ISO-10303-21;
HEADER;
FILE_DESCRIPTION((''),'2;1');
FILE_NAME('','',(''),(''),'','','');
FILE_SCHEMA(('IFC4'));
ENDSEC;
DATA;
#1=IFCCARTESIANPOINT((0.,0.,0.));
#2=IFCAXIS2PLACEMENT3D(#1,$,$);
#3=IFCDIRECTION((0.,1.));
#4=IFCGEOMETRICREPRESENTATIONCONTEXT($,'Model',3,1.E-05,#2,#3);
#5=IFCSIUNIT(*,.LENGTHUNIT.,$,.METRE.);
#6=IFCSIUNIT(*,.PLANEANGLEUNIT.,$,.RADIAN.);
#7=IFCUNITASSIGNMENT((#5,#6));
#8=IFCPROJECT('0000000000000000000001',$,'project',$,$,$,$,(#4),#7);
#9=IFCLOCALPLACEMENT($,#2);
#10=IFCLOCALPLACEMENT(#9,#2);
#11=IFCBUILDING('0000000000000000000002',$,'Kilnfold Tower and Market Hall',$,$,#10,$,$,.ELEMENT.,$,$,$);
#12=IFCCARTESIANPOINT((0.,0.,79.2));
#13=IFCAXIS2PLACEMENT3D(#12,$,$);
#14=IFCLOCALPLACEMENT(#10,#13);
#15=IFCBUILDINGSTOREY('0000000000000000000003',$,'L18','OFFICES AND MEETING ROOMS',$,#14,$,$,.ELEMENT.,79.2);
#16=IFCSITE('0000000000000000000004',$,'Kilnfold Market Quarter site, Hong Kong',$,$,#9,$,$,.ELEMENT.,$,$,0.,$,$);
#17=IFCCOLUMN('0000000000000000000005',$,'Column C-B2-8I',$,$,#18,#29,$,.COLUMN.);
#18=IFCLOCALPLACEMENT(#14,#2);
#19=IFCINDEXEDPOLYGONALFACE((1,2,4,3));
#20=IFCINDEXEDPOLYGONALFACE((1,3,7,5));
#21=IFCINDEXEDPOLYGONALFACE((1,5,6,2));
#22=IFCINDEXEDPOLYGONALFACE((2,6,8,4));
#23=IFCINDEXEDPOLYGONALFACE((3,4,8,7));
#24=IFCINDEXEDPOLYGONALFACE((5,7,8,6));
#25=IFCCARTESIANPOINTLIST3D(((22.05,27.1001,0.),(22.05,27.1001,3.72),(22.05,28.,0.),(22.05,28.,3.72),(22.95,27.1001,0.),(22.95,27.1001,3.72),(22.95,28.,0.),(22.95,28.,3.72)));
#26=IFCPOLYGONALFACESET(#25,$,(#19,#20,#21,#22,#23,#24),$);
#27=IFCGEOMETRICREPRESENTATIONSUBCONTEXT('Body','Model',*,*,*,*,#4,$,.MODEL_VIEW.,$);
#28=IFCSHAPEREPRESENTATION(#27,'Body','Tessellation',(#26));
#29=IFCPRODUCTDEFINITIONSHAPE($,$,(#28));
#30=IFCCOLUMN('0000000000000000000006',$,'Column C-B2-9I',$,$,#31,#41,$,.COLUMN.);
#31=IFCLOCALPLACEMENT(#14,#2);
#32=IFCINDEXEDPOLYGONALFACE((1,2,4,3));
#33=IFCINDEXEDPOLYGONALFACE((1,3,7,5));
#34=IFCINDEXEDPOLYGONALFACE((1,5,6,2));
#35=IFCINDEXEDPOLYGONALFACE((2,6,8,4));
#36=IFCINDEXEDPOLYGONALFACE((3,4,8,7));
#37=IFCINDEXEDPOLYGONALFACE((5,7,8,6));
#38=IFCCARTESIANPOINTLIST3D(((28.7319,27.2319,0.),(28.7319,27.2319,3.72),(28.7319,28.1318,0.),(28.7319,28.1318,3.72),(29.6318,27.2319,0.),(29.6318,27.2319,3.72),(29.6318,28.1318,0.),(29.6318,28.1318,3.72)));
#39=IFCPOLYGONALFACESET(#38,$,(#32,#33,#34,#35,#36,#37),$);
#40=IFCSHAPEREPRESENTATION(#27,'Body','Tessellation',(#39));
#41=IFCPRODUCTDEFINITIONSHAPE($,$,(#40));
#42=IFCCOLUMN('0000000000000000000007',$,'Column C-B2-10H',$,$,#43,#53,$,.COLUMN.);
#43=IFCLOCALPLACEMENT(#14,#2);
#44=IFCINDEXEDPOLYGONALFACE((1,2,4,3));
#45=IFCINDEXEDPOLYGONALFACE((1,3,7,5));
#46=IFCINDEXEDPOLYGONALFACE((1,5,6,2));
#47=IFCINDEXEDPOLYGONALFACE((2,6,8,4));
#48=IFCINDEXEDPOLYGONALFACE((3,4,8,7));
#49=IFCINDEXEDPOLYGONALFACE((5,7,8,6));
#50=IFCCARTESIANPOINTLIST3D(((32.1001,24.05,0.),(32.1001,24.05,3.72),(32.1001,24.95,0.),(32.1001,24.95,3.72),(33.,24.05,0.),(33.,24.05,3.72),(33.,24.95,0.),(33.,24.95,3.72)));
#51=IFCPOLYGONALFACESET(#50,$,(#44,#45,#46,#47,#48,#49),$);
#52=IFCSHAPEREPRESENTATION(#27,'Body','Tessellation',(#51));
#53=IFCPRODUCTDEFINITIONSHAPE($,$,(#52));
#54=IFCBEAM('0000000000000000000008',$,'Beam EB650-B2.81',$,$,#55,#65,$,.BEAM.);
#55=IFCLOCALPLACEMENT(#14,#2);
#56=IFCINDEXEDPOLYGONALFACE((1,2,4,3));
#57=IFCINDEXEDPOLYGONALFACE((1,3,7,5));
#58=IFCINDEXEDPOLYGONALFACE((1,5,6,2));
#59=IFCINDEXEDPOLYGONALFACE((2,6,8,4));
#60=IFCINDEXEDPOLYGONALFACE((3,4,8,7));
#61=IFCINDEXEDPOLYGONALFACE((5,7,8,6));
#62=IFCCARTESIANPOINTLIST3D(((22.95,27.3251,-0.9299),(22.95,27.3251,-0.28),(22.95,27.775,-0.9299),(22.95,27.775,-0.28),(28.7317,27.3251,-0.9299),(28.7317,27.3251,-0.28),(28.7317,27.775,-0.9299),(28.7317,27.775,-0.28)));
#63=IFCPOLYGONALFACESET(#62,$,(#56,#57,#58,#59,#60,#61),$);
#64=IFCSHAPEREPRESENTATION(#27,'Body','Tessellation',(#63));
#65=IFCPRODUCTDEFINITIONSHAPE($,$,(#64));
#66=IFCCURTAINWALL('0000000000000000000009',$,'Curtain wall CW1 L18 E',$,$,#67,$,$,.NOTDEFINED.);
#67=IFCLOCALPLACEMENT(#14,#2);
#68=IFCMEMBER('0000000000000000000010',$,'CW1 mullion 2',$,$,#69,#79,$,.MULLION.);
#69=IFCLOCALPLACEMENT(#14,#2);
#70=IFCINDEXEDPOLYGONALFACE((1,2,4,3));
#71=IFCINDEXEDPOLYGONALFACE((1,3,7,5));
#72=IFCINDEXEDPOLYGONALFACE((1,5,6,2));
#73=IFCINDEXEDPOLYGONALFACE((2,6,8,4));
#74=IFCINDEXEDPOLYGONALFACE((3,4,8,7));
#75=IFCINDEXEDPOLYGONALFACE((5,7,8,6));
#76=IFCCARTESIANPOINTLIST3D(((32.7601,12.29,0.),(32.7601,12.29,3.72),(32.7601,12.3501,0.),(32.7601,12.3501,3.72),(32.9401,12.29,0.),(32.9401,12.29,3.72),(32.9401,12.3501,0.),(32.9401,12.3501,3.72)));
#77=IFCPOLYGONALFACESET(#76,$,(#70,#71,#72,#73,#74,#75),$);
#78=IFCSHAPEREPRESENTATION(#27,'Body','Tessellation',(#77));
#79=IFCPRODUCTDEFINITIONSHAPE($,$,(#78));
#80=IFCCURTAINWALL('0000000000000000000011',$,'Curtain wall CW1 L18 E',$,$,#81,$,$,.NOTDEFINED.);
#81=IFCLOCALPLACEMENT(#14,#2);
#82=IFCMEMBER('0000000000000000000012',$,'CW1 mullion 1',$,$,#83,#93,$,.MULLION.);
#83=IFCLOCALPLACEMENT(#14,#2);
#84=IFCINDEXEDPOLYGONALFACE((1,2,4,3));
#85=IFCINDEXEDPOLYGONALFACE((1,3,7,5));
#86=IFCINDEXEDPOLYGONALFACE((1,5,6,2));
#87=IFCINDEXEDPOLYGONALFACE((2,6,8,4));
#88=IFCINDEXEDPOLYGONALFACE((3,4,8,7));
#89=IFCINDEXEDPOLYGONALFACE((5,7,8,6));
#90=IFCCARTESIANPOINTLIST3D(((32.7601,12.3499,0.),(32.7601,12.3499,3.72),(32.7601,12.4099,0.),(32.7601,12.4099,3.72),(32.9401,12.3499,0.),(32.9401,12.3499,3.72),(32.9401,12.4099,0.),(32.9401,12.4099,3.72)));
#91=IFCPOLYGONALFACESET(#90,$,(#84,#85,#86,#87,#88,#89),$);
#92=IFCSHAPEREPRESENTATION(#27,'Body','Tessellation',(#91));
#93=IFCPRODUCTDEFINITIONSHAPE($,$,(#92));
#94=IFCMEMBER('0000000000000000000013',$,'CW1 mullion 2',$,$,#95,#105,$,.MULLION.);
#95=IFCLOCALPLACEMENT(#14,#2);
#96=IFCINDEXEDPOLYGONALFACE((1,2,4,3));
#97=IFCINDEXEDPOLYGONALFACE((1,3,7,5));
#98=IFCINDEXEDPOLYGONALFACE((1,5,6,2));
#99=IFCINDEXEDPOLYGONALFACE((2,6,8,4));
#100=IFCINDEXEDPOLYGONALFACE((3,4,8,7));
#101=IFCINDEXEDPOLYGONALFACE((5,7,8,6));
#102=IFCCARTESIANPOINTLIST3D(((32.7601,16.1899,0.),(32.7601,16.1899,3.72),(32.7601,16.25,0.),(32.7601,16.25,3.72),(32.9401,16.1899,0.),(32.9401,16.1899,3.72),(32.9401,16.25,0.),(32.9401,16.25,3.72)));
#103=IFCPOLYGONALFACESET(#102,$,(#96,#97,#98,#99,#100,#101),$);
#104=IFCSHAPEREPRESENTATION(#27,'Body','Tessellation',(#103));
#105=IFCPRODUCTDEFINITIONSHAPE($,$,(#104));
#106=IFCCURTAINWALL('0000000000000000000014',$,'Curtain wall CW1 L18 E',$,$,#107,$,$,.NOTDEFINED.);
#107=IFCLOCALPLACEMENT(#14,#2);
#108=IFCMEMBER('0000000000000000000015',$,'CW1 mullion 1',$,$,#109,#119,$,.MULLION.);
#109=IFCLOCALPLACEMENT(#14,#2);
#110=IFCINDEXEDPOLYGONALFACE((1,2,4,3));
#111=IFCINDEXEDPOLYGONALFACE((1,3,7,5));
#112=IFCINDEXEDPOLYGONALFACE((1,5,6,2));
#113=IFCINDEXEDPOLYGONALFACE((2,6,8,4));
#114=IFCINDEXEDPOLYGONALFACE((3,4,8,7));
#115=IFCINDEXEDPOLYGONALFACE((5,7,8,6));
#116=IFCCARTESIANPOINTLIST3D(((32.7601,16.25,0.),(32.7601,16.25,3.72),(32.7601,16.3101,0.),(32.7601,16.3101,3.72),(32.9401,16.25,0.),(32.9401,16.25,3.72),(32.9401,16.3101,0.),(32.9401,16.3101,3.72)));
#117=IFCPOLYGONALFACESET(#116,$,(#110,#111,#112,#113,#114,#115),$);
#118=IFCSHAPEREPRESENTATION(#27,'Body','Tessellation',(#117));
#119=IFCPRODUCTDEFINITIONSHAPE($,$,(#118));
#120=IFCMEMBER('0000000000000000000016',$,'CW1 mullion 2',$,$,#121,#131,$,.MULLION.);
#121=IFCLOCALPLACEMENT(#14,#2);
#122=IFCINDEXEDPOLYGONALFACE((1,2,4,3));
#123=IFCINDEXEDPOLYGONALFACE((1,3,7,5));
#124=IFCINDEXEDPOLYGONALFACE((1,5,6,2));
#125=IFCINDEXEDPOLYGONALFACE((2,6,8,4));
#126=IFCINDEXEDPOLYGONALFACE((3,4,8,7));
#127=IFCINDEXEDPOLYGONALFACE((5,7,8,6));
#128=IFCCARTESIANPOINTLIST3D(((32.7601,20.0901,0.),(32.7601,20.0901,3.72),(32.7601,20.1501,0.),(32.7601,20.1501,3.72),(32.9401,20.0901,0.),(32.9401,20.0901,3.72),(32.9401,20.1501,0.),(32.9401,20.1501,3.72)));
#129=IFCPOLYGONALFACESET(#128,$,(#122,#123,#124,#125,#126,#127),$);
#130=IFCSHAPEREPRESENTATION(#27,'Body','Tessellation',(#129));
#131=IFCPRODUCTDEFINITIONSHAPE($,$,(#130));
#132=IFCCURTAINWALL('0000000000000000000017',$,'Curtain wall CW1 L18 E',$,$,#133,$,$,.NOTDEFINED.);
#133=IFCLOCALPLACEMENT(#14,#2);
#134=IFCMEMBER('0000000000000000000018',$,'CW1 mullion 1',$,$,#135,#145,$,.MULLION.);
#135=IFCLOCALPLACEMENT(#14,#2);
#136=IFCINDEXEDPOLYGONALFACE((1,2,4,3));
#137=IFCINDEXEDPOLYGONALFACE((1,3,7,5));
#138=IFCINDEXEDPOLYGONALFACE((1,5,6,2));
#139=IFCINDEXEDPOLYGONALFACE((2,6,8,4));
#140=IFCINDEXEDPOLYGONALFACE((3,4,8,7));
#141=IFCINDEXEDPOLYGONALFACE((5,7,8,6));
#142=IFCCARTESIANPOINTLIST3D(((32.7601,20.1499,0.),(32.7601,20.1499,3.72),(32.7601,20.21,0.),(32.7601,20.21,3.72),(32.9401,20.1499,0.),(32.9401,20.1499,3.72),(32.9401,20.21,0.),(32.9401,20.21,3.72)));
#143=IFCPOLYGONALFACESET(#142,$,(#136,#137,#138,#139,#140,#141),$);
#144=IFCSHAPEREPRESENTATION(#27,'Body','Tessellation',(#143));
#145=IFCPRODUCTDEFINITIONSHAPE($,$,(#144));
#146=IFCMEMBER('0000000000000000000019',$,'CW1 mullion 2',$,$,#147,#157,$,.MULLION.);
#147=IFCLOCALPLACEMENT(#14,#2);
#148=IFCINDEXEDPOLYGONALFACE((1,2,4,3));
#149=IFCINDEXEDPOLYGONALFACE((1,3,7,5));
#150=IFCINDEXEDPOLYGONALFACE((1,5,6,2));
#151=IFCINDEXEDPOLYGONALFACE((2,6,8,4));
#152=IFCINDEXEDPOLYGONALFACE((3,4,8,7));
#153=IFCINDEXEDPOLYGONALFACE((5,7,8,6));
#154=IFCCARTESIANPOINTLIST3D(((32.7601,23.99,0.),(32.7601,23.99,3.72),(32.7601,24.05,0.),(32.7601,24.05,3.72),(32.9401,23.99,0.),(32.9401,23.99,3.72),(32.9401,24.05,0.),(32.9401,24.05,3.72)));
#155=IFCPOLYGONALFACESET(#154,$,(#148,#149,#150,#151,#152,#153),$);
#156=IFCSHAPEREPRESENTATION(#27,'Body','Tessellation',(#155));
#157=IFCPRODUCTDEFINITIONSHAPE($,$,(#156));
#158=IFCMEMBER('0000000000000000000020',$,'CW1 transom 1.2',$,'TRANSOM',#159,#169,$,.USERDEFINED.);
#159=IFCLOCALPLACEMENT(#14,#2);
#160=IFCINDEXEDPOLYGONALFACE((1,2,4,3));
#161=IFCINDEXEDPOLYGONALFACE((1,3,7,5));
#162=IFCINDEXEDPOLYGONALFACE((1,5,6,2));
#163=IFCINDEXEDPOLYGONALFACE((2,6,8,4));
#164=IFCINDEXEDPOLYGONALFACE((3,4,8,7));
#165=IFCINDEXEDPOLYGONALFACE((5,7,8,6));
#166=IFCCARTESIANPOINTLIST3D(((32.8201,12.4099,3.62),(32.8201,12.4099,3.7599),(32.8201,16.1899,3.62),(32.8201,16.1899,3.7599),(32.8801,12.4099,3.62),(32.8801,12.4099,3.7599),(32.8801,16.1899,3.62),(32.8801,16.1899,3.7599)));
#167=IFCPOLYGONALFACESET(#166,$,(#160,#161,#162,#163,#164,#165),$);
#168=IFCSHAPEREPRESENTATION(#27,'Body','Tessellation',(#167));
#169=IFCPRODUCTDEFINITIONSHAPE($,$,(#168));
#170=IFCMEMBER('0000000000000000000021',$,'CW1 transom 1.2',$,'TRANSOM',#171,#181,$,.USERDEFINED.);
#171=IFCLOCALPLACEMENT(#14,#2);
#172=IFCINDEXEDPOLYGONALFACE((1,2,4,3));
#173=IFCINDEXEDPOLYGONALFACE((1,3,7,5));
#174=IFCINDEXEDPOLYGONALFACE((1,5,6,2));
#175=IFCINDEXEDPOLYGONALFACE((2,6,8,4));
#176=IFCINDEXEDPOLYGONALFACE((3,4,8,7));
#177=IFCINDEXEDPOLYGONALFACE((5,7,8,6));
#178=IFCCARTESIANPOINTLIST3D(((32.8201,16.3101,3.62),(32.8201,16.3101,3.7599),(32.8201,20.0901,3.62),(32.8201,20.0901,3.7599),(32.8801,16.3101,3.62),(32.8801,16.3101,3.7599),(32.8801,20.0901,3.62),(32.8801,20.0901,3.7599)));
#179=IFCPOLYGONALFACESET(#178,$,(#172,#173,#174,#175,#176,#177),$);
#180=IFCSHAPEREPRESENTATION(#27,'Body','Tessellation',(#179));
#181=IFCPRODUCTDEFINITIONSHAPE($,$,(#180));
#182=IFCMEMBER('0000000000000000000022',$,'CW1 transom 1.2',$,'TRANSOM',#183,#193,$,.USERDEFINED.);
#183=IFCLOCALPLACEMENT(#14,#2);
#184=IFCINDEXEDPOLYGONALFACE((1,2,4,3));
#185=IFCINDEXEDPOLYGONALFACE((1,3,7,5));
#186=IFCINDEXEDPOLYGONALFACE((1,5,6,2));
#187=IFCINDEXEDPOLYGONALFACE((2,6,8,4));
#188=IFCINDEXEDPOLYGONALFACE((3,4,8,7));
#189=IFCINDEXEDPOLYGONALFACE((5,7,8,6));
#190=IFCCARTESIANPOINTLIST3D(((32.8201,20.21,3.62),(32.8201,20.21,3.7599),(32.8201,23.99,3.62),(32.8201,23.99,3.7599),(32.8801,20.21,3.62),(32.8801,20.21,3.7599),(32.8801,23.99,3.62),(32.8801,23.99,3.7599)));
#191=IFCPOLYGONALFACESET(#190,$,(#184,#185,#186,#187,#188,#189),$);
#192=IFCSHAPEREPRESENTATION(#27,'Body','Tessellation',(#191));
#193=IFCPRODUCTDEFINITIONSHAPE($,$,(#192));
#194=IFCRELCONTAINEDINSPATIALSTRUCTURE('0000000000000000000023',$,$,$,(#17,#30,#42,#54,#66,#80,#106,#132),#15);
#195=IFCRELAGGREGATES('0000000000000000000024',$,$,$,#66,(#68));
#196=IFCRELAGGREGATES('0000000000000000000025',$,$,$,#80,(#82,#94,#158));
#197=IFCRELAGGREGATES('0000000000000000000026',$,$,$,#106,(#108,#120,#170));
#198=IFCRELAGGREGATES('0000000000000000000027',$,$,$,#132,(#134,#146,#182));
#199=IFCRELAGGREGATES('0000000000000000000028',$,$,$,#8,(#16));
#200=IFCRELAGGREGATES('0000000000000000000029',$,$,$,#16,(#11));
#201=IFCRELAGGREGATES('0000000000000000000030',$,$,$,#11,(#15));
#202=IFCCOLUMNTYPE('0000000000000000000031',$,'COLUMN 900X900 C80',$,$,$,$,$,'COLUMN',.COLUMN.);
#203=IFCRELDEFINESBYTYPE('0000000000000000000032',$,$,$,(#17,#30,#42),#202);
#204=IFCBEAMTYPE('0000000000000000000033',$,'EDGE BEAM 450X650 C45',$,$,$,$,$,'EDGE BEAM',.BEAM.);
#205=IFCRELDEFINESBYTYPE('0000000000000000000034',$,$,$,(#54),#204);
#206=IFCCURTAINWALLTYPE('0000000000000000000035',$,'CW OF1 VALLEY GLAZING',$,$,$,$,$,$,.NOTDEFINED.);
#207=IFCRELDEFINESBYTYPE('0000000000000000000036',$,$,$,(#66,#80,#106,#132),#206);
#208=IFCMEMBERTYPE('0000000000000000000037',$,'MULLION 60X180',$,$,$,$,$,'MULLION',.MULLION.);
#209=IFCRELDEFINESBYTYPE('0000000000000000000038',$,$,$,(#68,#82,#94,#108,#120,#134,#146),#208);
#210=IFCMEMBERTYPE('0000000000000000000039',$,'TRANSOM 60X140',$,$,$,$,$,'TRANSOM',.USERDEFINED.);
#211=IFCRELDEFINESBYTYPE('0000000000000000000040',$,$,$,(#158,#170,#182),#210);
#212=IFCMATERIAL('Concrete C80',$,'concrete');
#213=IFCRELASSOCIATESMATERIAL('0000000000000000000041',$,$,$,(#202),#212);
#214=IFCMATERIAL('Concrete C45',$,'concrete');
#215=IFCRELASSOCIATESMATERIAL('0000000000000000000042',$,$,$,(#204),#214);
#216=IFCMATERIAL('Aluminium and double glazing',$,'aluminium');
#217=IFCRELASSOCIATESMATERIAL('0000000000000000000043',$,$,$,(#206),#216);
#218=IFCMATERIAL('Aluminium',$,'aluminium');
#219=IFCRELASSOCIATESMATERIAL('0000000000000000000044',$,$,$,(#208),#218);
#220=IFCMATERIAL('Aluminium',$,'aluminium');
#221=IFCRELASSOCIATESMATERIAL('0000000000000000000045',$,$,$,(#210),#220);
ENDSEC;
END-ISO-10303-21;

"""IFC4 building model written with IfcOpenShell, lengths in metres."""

from ifc_helpers import new_model, si_unit, direction, frame, origin, origin_2d, place, context, subcontext, project, spatial, rectangle, extrude, source, transform, mapped, material, material_profile, profile_set, type_object, element, aggregate, save


model = new_model("IFC4")

# Units and contexts
model_context = context("Model", 3, precision=1e-05, world=origin(), true_north=direction((0.0, 1.0)))
body_context = subcontext(model_context, "Body", "Model", "MODEL_VIEW")
ifc_project = project(units=[si_unit("LENGTHUNIT", "METRE"), si_unit("PLANEANGLEUNIT", "RADIAN")], contexts=[model_context])

# Site, building, storey
site_placement = place(None, origin())
site = spatial("IfcSite", under=ifc_project, at=site_placement, Name="Kilnfold Market Quarter site, Hong Kong", CompositionType="ELEMENT", RefElevation=0.0)
building_placement = place(site_placement, origin())
building = spatial("IfcBuilding", under=site, at=building_placement, Name="Kilnfold Tower and Market Hall", CompositionType="ELEMENT")
storey_placement = place(building_placement, frame((0.0, 0.0, 79.2)))
storey = spatial("IfcBuildingStorey", under=building, at=storey_placement, Name="L18", Description="OFFICES AND MEETING ROOMS", CompositionType="ELEMENT", Elevation=79.2)

# Columns
ifc_material_1 = material(Name="Concrete C80", Category="concrete")
ifc_material_profile_1 = material_profile(ifc_material_1, rectangle(XDim=0.8999, YDim=0.8999, at=origin_2d()), Name="RC 900x900")
ifc_profile_set_1 = profile_set([ifc_material_profile_1], Name="Concrete C80")
column_type = type_object("IfcColumnType", Name="COLUMN 900X900 C80", ElementType="COLUMN", PredefinedType="COLUMN", material=ifc_profile_set_1)
shared_shape_1 = source(origin(), body_context, "Body", "SweptSolid", [
    extrude(rectangle(XDim=0.8999, YDim=0.8999, at=origin_2d()), origin(), (0.0, 0.0, 1.0), 3.72),
])
for number, where, z_axis, x_axis, name in (
    (1, (22.5, 27.55, 0.0), (0.0, 0.0, 1.0), (1.0, 0.0, 0.0), "Column C-B2-8I"),
    (2, (29.1819, 27.6819, 0.0), (0.0, 0.0, 1.0), (1.0, 0.0, 0.0), "Column C-B2-9I"),
    (3, (32.55, 24.5, 0.0), (0.0, 0.0, 1.0), (1.0, 0.0, 0.0), "Column C-B2-10H"),
):
    element("IfcColumn", number, at=place(storey_placement, frame(where, z_axis=z_axis, x_axis=x_axis)), inside=storey, type_object=column_type, Name=name, PredefinedType="COLUMN", context=body_context, shape_type="MappedRepresentation", body=[
        mapped(shared_shape_1, transform((0.0, 0.0, 0.0))),
    ])

# Beam
ifc_material_2 = material(Name="Concrete C45", Category="concrete")
ifc_material_profile_2 = material_profile(ifc_material_2, rectangle(XDim=0.45, YDim=0.6499, at=origin_2d()), Name="RC 450x650")
ifc_profile_set_2 = profile_set([ifc_material_profile_2], Name="Concrete C45")
beam_type = type_object("IfcBeamType", Name="EDGE BEAM 450X650 C45", ElementType="EDGE BEAM", PredefinedType="BEAM", material=ifc_profile_set_2)
shared_shape_2 = source(origin(), body_context, "Body", "SweptSolid", [
    extrude(rectangle(XDim=0.45, YDim=0.6499, at=origin_2d()), origin(), (0.0, 0.0, 1.0), 5.7817),
])
beam_placement = place(storey_placement, frame((22.95, 27.55, -0.605), z_axis=(1.0, 0.0, 0.0), x_axis=(0.0, 1.0, 0.0)))
element("IfcBeam", 4, at=beam_placement, inside=storey, type_object=beam_type, Name="Beam EB650-B2.81", PredefinedType="BEAM", context=body_context, shape_type="MappedRepresentation", body=[
    mapped(shared_shape_2, transform((0.0, 0.0, 0.0))),
])

# Curtain wall, member
ifc_material_3 = material(Name="Aluminium and double glazing", Category="aluminium")
curtain_wall_type = type_object("IfcCurtainWallType", Name="CW OF1 VALLEY GLAZING", PredefinedType="NOTDEFINED", material=ifc_material_3)
curtain_wall_1_placement = place(storey_placement, origin())
curtain_wall_1 = element("IfcCurtainWall", 5, at=curtain_wall_1_placement, inside=storey, type_object=curtain_wall_type, Name="Curtain wall CW1 L18 E", PredefinedType="NOTDEFINED")
ifc_material_4 = material(Name="Aluminium", Category="aluminium")
ifc_material_profile_3 = material_profile(ifc_material_4, rectangle(XDim=0.0601, YDim=0.1799, at=origin_2d()), Name="MULLION 60x180")
ifc_profile_set_3 = profile_set([ifc_material_profile_3], Name="Aluminium")
member_type_1 = type_object("IfcMemberType", Name="MULLION 60X180", ElementType="MULLION", PredefinedType="MULLION", material=ifc_profile_set_3)
shared_shape_3 = source(origin(), body_context, "Body", "SweptSolid", [
    extrude(rectangle(XDim=0.0601, YDim=0.1799, at=origin_2d()), origin(), (0.0, 0.0, 1.0), 3.72),
])
member_1_placement = place(storey_placement, frame((32.8501, 12.3201, 0.0), z_axis=(0.0, 0.0, 1.0), x_axis=(0.0, 1.0, 0.0)))
member_1 = element("IfcMember", 6, at=member_1_placement, type_object=member_type_1, Name="CW1 mullion 2", PredefinedType="MULLION", context=body_context, shape_type="MappedRepresentation", body=[
    mapped(shared_shape_3, transform((0.0, 0.0, 0.0))),
])

# Curtain walls, members
curtain_wall_2_placement = place(storey_placement, origin())
curtain_wall_2 = element("IfcCurtainWall", 7, at=curtain_wall_2_placement, inside=storey, type_object=curtain_wall_type, Name="Curtain wall CW1 L18 E", PredefinedType="NOTDEFINED")
member_2_placement = place(storey_placement, frame((32.8501, 12.3799, 0.0), z_axis=(0.0, 0.0, 1.0), x_axis=(0.0, 1.0, 0.0)))
member_2 = element("IfcMember", 8, at=member_2_placement, type_object=member_type_1, Name="CW1 mullion 1", PredefinedType="MULLION", context=body_context, shape_type="MappedRepresentation", body=[
    mapped(shared_shape_3, transform((0.0, 0.0, 0.0))),
])
member_3_placement = place(storey_placement, frame((32.8501, 16.22, 0.0), z_axis=(0.0, 0.0, 1.0), x_axis=(0.0, 1.0, 0.0)))
member_3 = element("IfcMember", 9, at=member_3_placement, type_object=member_type_1, Name="CW1 mullion 2", PredefinedType="MULLION", context=body_context, shape_type="MappedRepresentation", body=[
    mapped(shared_shape_3, transform((0.0, 0.0, 0.0))),
])
curtain_wall_3_placement = place(storey_placement, origin())
curtain_wall_3 = element("IfcCurtainWall", 10, at=curtain_wall_3_placement, inside=storey, type_object=curtain_wall_type, Name="Curtain wall CW1 L18 E", PredefinedType="NOTDEFINED")
member_4_placement = place(storey_placement, frame((32.8501, 16.28, 0.0), z_axis=(0.0, 0.0, 1.0), x_axis=(0.0, 1.0, 0.0)))
member_4 = element("IfcMember", 11, at=member_4_placement, type_object=member_type_1, Name="CW1 mullion 1", PredefinedType="MULLION", context=body_context, shape_type="MappedRepresentation", body=[
    mapped(shared_shape_3, transform((0.0, 0.0, 0.0))),
])
member_5_placement = place(storey_placement, frame((32.8501, 20.1201, 0.0), z_axis=(0.0, 0.0, 1.0), x_axis=(0.0, 1.0, 0.0)))
member_5 = element("IfcMember", 12, at=member_5_placement, type_object=member_type_1, Name="CW1 mullion 2", PredefinedType="MULLION", context=body_context, shape_type="MappedRepresentation", body=[
    mapped(shared_shape_3, transform((0.0, 0.0, 0.0))),
])
curtain_wall_4_placement = place(storey_placement, origin())
curtain_wall_4 = element("IfcCurtainWall", 13, at=curtain_wall_4_placement, inside=storey, type_object=curtain_wall_type, Name="Curtain wall CW1 L18 E", PredefinedType="NOTDEFINED")
member_6_placement = place(storey_placement, frame((32.8501, 20.1799, 0.0), z_axis=(0.0, 0.0, 1.0), x_axis=(0.0, 1.0, 0.0)))
member_6 = element("IfcMember", 14, at=member_6_placement, type_object=member_type_1, Name="CW1 mullion 1", PredefinedType="MULLION", context=body_context, shape_type="MappedRepresentation", body=[
    mapped(shared_shape_3, transform((0.0, 0.0, 0.0))),
])
member_7_placement = place(storey_placement, frame((32.8501, 24.02, 0.0), z_axis=(0.0, 0.0, 1.0), x_axis=(0.0, 1.0, 0.0)))
member_7 = element("IfcMember", 15, at=member_7_placement, type_object=member_type_1, Name="CW1 mullion 2", PredefinedType="MULLION", context=body_context, shape_type="MappedRepresentation", body=[
    mapped(shared_shape_3, transform((0.0, 0.0, 0.0))),
])

# Members
ifc_material_5 = material(Name="Aluminium", Category="aluminium")
ifc_material_profile_4 = material_profile(ifc_material_5, rectangle(XDim=0.0601, YDim=0.1399, at=origin_2d()), Name="TRANSOM 60x140")
ifc_profile_set_4 = profile_set([ifc_material_profile_4], Name="Aluminium")
member_type_2 = type_object("IfcMemberType", Name="TRANSOM 60X140", ElementType="TRANSOM", PredefinedType="USERDEFINED", material=ifc_profile_set_4)
shared_shape_4 = source(origin(), body_context, "Body", "SweptSolid", [
    extrude(rectangle(XDim=0.0601, YDim=0.1399, at=origin_2d()), origin(), (0.0, 0.0, 1.0), 3.78),
])
member_8_placement = place(storey_placement, frame((32.8501, 12.4099, 3.6899), z_axis=(0.0, 1.0, 0.0), x_axis=(-1.0, 0.0, 0.0)))
member_8 = element("IfcMember", 16, at=member_8_placement, type_object=member_type_2, Name="CW1 transom 1.2", ObjectType="TRANSOM", PredefinedType="USERDEFINED", context=body_context, shape_type="MappedRepresentation", body=[
    mapped(shared_shape_4, transform((0.0, 0.0, 0.0))),
])
member_9_placement = place(storey_placement, frame((32.8501, 16.3101, 3.6899), z_axis=(0.0, 1.0, 0.0), x_axis=(-1.0, 0.0, 0.0)))
member_9 = element("IfcMember", 17, at=member_9_placement, type_object=member_type_2, Name="CW1 transom 1.2", ObjectType="TRANSOM", PredefinedType="USERDEFINED", context=body_context, shape_type="MappedRepresentation", body=[
    mapped(shared_shape_4, transform((0.0, 0.0, 0.0))),
])
member_10_placement = place(storey_placement, frame((32.8501, 20.21, 3.6899), z_axis=(0.0, 1.0, 0.0), x_axis=(-1.0, 0.0, 0.0)))
member_10 = element("IfcMember", 18, at=member_10_placement, type_object=member_type_2, Name="CW1 transom 1.2", ObjectType="TRANSOM", PredefinedType="USERDEFINED", context=body_context, shape_type="MappedRepresentation", body=[
    mapped(shared_shape_4, transform((0.0, 0.0, 0.0))),
])

aggregate(curtain_wall_1, [member_1])
aggregate(curtain_wall_2, [member_2, member_3, member_8])
aggregate(curtain_wall_3, [member_4, member_5, member_9])
aggregate(curtain_wall_4, [member_6, member_7, member_10])

save(model, "model.ifc")
